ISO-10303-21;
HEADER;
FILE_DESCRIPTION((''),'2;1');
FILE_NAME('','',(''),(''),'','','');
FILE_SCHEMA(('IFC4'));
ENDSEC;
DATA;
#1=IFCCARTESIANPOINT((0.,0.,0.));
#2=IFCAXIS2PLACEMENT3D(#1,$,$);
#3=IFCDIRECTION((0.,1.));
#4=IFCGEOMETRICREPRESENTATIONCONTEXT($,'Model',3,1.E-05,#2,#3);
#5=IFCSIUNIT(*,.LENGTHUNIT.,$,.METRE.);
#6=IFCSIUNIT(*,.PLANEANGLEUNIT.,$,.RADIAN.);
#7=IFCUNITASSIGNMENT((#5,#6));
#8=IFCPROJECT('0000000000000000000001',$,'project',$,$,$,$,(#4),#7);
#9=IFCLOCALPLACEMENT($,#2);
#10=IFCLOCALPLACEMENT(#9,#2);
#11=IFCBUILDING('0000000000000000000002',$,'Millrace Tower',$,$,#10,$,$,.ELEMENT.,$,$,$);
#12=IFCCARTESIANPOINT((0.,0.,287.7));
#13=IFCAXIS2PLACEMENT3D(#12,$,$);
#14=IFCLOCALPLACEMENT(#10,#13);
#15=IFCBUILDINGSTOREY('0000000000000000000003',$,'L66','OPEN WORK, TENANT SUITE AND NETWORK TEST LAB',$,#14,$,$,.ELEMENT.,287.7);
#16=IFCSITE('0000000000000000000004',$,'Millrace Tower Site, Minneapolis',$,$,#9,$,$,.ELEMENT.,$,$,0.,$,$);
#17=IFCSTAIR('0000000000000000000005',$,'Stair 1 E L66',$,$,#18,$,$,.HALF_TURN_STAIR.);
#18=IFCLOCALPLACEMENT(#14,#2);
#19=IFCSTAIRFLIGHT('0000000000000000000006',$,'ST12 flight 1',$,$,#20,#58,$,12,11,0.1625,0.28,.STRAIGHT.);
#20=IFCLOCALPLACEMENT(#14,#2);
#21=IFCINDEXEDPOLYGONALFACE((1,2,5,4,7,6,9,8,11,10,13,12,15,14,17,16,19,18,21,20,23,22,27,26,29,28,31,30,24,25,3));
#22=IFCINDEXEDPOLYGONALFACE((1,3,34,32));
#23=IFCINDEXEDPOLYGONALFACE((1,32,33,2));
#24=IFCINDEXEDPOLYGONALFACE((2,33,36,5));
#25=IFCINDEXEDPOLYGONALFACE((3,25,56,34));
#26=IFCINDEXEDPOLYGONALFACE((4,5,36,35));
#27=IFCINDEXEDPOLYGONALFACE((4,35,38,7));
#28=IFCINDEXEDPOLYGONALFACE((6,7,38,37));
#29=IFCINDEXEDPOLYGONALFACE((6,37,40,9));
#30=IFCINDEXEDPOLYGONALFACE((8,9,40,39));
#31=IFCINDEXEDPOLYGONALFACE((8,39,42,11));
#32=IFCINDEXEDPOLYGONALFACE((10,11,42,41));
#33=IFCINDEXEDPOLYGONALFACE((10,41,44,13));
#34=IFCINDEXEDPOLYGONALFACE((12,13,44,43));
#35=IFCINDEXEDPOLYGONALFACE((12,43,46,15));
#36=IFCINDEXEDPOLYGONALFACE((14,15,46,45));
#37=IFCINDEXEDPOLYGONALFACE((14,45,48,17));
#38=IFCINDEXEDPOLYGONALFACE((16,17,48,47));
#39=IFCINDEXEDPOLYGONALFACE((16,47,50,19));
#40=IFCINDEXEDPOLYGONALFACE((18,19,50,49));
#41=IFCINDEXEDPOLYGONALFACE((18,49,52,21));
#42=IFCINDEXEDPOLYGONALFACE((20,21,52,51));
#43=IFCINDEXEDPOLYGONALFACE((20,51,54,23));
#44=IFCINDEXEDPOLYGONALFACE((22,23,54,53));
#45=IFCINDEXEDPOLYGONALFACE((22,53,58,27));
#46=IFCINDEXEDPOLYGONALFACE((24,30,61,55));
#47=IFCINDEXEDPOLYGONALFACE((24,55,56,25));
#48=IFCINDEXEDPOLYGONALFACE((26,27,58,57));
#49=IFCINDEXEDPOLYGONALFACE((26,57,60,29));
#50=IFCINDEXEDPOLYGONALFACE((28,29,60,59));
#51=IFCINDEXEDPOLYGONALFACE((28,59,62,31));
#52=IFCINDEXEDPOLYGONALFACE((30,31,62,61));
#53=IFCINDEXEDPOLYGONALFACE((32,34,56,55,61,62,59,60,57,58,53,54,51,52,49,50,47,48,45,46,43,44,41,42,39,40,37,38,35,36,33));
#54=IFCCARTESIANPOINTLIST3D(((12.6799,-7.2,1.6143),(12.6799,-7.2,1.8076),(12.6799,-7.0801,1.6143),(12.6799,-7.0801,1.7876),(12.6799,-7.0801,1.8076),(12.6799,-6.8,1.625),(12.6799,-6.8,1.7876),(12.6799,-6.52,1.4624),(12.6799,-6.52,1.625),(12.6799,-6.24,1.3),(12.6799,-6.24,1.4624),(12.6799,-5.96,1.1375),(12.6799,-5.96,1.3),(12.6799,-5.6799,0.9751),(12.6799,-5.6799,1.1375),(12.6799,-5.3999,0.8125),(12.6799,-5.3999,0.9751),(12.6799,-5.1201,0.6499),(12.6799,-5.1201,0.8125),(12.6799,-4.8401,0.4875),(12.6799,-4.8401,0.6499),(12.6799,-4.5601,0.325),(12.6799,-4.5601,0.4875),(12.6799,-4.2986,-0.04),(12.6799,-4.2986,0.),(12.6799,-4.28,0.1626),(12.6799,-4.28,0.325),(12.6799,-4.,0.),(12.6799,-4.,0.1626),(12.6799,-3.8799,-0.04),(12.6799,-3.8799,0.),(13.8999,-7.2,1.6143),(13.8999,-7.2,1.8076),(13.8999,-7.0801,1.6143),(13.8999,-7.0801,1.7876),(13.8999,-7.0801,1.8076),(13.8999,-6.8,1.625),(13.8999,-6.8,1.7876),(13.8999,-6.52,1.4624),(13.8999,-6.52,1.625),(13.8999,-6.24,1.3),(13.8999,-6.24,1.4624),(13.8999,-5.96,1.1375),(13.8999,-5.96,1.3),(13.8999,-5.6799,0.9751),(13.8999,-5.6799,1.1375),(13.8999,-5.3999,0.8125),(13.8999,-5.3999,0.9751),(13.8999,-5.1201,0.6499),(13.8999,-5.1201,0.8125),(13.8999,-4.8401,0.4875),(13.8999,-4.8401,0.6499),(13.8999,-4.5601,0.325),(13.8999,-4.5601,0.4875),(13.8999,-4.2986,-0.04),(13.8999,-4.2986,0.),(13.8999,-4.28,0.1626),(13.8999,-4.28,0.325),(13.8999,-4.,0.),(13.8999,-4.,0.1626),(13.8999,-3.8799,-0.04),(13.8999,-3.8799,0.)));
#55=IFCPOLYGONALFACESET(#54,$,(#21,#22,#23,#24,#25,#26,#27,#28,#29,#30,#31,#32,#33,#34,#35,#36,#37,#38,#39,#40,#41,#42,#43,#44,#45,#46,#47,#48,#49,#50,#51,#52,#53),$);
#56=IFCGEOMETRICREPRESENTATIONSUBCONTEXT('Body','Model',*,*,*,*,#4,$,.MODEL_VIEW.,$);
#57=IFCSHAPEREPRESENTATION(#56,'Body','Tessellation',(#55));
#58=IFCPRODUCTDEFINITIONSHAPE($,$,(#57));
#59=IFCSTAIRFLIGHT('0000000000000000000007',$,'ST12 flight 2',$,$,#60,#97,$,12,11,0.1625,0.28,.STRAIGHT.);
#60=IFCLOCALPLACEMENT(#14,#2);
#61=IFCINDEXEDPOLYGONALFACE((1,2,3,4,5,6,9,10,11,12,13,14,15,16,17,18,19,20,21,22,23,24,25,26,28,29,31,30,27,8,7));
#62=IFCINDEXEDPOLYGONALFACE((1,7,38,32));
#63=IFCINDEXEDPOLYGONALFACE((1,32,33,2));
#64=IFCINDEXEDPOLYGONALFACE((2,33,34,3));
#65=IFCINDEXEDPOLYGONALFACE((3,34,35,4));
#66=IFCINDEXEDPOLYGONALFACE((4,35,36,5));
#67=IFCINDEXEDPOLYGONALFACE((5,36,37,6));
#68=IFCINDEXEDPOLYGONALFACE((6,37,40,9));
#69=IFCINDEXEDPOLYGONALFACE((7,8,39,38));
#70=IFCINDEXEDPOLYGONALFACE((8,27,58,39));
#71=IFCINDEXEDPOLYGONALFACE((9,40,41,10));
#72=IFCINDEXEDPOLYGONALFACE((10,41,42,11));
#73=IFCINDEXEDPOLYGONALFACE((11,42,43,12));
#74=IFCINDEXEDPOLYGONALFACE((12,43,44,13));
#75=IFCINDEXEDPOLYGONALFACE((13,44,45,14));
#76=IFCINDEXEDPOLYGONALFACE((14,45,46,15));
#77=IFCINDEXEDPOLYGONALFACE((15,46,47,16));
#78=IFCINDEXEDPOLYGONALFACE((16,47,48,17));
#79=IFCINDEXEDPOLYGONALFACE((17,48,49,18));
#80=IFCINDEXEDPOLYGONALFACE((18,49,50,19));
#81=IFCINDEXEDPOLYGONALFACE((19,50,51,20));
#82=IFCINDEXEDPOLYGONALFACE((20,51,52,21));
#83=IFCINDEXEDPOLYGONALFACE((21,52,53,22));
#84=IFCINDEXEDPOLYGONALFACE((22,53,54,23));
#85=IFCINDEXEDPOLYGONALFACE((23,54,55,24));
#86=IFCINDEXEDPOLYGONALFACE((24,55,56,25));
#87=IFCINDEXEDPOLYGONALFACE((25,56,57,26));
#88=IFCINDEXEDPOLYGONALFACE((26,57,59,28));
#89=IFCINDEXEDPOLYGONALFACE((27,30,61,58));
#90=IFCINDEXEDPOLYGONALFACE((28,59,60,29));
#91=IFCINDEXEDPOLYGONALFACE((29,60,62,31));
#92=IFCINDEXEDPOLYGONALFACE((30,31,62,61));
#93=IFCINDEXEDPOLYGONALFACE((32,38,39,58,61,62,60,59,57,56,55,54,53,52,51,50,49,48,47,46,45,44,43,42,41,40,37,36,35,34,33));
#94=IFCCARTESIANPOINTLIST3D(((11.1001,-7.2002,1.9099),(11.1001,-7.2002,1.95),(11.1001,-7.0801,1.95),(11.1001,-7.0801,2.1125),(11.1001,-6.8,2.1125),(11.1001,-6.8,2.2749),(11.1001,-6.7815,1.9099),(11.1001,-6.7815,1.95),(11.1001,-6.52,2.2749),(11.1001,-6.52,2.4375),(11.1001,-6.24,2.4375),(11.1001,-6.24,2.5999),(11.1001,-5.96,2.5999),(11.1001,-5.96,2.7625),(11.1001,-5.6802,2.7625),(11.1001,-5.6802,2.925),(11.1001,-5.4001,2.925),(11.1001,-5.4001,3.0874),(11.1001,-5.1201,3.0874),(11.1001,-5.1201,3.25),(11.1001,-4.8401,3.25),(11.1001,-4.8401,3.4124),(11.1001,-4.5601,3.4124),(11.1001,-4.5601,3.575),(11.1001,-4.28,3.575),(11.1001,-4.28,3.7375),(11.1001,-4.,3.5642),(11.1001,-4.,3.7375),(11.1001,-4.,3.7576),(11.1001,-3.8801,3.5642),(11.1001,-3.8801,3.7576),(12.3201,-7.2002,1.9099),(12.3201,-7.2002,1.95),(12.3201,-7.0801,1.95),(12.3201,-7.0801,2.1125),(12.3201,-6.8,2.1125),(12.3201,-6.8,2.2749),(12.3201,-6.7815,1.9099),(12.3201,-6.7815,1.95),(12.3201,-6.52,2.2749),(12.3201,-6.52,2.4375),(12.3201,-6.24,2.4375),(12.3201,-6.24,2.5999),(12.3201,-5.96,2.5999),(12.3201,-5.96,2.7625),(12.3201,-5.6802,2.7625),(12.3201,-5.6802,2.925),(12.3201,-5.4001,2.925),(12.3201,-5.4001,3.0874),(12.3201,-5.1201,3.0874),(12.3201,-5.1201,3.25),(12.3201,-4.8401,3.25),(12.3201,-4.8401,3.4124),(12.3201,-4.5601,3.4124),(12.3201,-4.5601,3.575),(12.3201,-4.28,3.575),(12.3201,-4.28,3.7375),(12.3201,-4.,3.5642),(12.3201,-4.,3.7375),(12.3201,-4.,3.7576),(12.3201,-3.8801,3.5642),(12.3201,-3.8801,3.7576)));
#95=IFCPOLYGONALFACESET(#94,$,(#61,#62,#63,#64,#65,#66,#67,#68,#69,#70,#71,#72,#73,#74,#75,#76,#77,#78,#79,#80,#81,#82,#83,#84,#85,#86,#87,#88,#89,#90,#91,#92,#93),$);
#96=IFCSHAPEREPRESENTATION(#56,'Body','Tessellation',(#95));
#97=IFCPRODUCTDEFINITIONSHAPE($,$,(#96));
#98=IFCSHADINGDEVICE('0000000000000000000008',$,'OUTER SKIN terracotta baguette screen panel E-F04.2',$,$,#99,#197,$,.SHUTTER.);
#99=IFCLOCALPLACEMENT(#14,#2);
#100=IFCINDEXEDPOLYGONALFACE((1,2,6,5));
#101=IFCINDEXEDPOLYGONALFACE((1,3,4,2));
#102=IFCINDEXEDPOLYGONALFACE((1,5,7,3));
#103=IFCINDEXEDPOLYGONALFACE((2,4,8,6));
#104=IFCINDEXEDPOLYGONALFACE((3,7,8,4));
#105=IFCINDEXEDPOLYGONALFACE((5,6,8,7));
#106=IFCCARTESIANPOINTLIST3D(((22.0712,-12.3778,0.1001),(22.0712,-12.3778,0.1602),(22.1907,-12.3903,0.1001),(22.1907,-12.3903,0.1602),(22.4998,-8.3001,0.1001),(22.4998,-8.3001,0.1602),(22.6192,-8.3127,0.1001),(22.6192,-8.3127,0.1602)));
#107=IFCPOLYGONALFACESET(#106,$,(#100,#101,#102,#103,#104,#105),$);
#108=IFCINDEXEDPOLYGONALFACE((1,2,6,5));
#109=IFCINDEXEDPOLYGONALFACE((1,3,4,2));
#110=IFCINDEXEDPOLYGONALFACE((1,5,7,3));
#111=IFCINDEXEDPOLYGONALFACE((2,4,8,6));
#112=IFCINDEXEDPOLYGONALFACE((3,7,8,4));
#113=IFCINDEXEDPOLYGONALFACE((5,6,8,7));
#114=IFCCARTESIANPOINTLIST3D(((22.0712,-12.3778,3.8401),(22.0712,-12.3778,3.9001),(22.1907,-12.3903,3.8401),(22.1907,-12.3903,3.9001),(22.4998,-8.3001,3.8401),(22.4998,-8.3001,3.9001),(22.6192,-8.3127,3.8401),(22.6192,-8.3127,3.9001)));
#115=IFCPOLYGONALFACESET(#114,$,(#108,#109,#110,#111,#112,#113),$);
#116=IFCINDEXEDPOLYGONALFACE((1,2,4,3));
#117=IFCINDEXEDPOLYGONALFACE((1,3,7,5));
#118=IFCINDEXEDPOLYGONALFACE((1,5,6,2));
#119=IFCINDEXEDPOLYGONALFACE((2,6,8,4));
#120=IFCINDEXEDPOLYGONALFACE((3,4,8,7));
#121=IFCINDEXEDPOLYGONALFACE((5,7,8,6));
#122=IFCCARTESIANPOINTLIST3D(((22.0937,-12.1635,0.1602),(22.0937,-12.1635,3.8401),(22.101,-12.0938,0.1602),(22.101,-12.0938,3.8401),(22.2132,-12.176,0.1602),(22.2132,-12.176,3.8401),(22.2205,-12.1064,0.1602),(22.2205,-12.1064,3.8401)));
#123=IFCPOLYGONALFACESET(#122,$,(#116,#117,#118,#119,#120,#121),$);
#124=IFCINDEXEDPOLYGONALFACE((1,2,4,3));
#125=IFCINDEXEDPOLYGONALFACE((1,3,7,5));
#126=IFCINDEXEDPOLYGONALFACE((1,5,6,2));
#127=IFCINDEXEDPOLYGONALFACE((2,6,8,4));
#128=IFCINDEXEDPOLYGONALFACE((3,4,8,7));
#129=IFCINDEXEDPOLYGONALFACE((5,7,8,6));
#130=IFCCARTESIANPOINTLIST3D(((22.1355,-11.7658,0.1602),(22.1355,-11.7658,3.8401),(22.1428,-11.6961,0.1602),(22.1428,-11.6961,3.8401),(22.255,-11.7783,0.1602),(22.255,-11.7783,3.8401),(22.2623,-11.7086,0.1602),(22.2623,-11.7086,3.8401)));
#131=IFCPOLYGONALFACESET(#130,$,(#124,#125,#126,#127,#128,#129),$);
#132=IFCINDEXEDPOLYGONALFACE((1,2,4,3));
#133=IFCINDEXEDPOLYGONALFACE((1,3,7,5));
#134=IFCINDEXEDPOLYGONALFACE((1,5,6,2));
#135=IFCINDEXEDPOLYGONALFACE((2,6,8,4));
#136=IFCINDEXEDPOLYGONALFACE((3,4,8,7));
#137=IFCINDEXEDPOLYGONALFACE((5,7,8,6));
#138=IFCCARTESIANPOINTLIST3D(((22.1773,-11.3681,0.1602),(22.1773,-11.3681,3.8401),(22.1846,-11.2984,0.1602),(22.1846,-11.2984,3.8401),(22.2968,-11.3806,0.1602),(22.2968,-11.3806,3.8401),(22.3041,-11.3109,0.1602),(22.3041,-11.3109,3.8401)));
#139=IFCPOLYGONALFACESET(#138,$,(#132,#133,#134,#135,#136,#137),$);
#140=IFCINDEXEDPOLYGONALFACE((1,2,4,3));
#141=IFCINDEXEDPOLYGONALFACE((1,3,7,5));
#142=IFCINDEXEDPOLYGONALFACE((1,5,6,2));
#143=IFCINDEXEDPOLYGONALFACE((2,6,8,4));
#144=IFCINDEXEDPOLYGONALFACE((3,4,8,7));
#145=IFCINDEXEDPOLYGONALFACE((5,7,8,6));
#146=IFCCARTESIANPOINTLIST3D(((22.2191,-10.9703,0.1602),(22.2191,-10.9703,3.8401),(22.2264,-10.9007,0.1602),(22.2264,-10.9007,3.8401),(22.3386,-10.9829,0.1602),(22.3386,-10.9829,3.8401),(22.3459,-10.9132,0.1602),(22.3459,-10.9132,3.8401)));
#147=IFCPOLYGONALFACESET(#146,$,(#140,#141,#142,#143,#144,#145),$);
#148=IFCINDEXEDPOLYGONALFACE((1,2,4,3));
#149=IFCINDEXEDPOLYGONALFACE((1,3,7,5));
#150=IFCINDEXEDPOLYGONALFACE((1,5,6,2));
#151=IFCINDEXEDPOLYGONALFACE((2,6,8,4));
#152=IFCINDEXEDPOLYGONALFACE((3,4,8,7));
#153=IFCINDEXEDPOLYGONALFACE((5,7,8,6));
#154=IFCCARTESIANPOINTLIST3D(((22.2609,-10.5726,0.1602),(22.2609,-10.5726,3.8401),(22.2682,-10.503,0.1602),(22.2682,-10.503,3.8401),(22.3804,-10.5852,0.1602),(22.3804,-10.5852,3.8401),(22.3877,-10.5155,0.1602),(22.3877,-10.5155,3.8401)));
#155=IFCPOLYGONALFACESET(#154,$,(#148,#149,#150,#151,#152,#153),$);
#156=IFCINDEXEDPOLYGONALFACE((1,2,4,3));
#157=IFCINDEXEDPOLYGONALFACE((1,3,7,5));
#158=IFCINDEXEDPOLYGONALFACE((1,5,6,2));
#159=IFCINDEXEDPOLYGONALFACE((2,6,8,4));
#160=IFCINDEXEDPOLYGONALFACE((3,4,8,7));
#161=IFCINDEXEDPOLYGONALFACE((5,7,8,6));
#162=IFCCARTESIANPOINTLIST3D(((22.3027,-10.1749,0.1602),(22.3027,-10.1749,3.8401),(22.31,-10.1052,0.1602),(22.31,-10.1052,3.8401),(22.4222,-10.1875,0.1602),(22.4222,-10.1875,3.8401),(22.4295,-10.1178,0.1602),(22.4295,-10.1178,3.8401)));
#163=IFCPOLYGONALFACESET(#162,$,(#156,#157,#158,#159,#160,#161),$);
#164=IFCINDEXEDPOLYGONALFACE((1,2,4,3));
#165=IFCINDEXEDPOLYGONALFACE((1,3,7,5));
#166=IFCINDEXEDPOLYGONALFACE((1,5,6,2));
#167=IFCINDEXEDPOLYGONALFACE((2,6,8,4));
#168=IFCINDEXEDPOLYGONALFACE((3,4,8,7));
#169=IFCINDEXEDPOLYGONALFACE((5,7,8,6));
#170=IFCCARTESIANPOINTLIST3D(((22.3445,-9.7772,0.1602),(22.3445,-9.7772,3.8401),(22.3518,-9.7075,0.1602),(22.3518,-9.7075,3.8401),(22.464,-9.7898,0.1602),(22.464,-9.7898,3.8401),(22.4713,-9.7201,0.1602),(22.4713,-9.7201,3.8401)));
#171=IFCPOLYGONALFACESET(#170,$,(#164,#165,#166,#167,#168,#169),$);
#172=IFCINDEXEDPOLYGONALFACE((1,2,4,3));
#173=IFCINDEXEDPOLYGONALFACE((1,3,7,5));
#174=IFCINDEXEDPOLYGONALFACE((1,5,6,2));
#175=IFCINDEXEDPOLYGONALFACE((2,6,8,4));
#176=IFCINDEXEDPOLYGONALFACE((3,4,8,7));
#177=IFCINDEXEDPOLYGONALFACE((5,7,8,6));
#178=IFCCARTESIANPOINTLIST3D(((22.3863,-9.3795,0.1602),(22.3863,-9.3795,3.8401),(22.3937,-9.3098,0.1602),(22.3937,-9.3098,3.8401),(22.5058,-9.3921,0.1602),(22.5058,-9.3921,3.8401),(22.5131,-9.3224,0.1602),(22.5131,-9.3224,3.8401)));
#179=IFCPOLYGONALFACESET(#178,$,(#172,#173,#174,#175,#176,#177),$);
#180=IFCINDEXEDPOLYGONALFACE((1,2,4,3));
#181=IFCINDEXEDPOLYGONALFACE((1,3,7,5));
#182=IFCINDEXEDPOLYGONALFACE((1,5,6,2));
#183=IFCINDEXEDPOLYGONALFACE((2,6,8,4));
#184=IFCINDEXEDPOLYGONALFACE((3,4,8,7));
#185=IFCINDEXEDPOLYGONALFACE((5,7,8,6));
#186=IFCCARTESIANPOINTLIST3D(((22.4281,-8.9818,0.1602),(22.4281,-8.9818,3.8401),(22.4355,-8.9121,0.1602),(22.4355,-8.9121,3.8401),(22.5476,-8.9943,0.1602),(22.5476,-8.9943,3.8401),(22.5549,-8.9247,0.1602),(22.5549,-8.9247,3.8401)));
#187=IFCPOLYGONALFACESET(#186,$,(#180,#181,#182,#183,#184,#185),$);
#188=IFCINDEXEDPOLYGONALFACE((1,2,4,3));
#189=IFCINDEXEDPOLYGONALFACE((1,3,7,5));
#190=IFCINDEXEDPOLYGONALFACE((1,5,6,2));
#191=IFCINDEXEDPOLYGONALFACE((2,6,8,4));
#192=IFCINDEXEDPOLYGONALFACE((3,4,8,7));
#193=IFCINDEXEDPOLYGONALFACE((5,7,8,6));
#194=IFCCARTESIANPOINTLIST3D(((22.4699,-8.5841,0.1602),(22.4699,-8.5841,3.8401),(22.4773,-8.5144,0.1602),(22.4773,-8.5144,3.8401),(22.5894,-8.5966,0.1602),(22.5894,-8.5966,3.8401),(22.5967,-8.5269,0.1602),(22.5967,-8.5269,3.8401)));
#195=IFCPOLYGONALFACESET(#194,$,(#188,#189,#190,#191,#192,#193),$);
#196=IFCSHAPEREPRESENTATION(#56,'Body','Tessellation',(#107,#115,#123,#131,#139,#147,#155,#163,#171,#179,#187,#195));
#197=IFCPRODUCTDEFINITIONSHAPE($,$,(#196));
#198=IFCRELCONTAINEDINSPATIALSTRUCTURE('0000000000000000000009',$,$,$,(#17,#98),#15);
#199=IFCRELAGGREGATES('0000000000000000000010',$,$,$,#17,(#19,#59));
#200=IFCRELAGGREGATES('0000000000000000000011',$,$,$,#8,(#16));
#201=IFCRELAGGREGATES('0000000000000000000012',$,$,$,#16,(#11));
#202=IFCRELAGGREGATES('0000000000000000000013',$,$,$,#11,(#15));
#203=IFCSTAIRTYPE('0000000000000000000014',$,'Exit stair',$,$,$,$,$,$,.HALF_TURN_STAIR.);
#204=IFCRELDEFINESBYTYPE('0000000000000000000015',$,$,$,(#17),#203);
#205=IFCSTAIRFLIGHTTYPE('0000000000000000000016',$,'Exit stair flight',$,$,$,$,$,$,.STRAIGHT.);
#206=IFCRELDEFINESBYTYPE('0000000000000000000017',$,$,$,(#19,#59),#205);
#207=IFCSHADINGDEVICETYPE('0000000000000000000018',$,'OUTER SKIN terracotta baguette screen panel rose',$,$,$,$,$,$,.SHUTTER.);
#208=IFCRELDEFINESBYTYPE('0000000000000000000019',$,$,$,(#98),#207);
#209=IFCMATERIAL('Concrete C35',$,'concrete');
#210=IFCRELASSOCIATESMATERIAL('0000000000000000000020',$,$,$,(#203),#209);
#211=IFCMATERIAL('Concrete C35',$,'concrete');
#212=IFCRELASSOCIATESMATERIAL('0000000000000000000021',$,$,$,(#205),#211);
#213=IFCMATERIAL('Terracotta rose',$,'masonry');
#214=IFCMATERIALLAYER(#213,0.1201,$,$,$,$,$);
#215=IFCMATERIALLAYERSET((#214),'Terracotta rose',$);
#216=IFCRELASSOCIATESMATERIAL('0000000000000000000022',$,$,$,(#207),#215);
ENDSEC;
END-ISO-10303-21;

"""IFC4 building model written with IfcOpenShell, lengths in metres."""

from ifc_helpers import new_model, entity, si_unit, direction, frame, frame_2d, origin, place, context, subcontext, project, spatial, polyline, rectangle, outline, extrude, source, transform, mapped, material, layer, layer_set, type_object, element, aggregate, save


model = new_model("IFC4")

# Units and contexts
model_context = context("Model", 3, precision=1e-05, world=origin(), true_north=direction((0.0, 1.0)))
body_context = subcontext(model_context, "Body", "Model", "MODEL_VIEW")
ifc_project = project(units=[si_unit("LENGTHUNIT", "METRE"), si_unit("PLANEANGLEUNIT", "RADIAN")], contexts=[model_context])

# Site, building, storey
site_placement = place(None, origin())
site = spatial("IfcSite", under=ifc_project, at=site_placement, Name="Millrace Tower Site, Minneapolis", CompositionType="ELEMENT", RefElevation=0.0)
building_placement = place(site_placement, origin())
building = spatial("IfcBuilding", under=site, at=building_placement, Name="Millrace Tower", CompositionType="ELEMENT")
storey_placement = place(building_placement, frame((0.0, 0.0, 287.7)))
storey = spatial("IfcBuildingStorey", under=building, at=storey_placement, Name="L66", Description="OPEN WORK, TENANT SUITE AND NETWORK TEST LAB", CompositionType="ELEMENT", Elevation=287.7)

# Shared definitions
placement = place(storey_placement, origin())

# Stair, stair flights
ifc_material_1 = material(Name="Concrete C35", Category="concrete")
stair_type = type_object("IfcStairType", Name="Exit stair", PredefinedType="HALF_TURN_STAIR", material=ifc_material_1)
stair = element("IfcStair", 1, at=placement, inside=storey, type_object=stair_type, Name="Stair 1 E L66", PredefinedType="HALF_TURN_STAIR")
ifc_material_2 = material(Name="Concrete C35", Category="concrete")
stair_flight_type = type_object("IfcStairFlightType", Name="Exit stair flight", PredefinedType="STRAIGHT", material=ifc_material_2)
stair_flight_1_placement = place(storey_placement, frame((13.29, -4.0, 0.0), z_axis=(0.0, 0.0, 1.0), x_axis=(0.0, -1.0, 0.0)))
stair_flight_1 = element("IfcStairFlight", 2, at=stair_flight_1_placement, type_object=stair_flight_type, Name="ST12 flight 1", NumberOfRisers=12, NumberOfTreads=11, PredefinedType="STRAIGHT", RiserHeight=0.1625, TreadLength=0.28, context=body_context, shape_type="SweptSolid", body=[
    extrude(outline(polyline([(-0.1201, -0.04), (-0.1201, 0.0), (0.0, 0.0), (0.0, 0.1626), (0.28, 0.1626), (0.28, 0.325), (0.5601, 0.325), (0.5601, 0.4875), (0.8401, 0.4875), (0.8401, 0.6499), (1.1201, 0.6499), (1.1201, 0.8125), (1.3999, 0.8125), (1.3999, 0.9751), (1.6799, 0.9751), (1.6799, 1.1375), (1.96, 1.1375), (1.96, 1.3), (2.24, 1.3), (2.24, 1.4624), (2.52, 1.4624), (2.52, 1.625), (2.8, 1.625), (2.8, 1.7876), (3.0801, 1.7876), (3.0801, 1.8076), (3.2, 1.8076), (3.2, 1.6143), (3.0801, 1.6143), (0.2986, 0.0), (0.2986, -0.04), (-0.1201, -0.04)])), frame((0.0, 0.6099, 0.0), z_axis=(0.0, -1.0, 0.0), x_axis=(1.0, 0.0, 0.0)), (0.0, 0.0, 1.0), 1.22),
])
stair_flight_2_placement = place(storey_placement, frame((11.71, -7.0801, 1.95), z_axis=(0.0, 0.0, 1.0), x_axis=(0.0, 1.0, 0.0)))
stair_flight_2 = element("IfcStairFlight", 3, at=stair_flight_2_placement, type_object=stair_flight_type, Name="ST12 flight 2", NumberOfRisers=12, NumberOfTreads=11, PredefinedType="STRAIGHT", RiserHeight=0.1625, TreadLength=0.28, context=body_context, shape_type="SweptSolid", body=[
    extrude(outline(polyline([(-0.1201, -0.04), (-0.1201, 0.0), (0.0, 0.0), (0.0, 0.1626), (0.28, 0.1626), (0.28, 0.325), (0.5601, 0.325), (0.5601, 0.4875), (0.8401, 0.4875), (0.8401, 0.6499), (1.1201, 0.6499), (1.1201, 0.8125), (1.3999, 0.8125), (1.3999, 0.9751), (1.6799, 0.9751), (1.6799, 1.1375), (1.96, 1.1375), (1.96, 1.3), (2.24, 1.3), (2.24, 1.4624), (2.52, 1.4624), (2.52, 1.625), (2.8, 1.625), (2.8, 1.7876), (3.0801, 1.7876), (3.0801, 1.8076), (3.2, 1.8076), (3.2, 1.6143), (3.0801, 1.6143), (0.2986, 0.0), (0.2986, -0.04), (-0.1201, -0.04)])), frame((0.0, 0.6099, 0.0), z_axis=(0.0, -1.0, 0.0), x_axis=(1.0, 0.0, 0.0)), (0.0, 0.0, 1.0), 1.22),
])
aggregate(stair, [stair_flight_1, stair_flight_2])

# Shading device
ifc_material_3 = material(Name="Terracotta rose", Category="masonry")
ifc_layer_1 = layer(ifc_material_3, 0.1201)
ifc_layer_set_1 = layer_set([ifc_layer_1], Name="Terracotta rose")
shading_device_type = type_object("IfcShadingDeviceType", Name="OUTER SKIN terracotta baguette screen panel rose", PredefinedType="SHUTTER", material=ifc_layer_set_1)
cartesian_point = entity("IfcCartesianPoint", [-2.05, 0.0601])
shared_polyline = entity("IfcPolyline", [cartesian_point, entity("IfcCartesianPoint", [2.05, 0.0601]), entity("IfcCartesianPoint", [2.05, -0.0601]), entity("IfcCartesianPoint", [-2.05, -0.0601]), cartesian_point])
shared_shape = source(origin(), body_context, "Body", "SweptSolid", [
    entity("IfcExtrudedAreaSolid", entity("IfcArbitraryClosedProfileDef", "AREA", None, shared_polyline), entity("IfcAxis2Placement3D", entity("IfcCartesianPoint", [0.0, 0.0, 0.0])), entity("IfcDirection", [0.0, 0.0, 1.0]), 0.0601),
    entity("IfcExtrudedAreaSolid", entity("IfcArbitraryClosedProfileDef", "AREA", None, shared_polyline), entity("IfcAxis2Placement3D", entity("IfcCartesianPoint", [0.0, 0.0, 3.74])), entity("IfcDirection", [0.0, 0.0, 1.0]), 0.0601),
    extrude(rectangle(XDim=0.0701, YDim=0.1201, at=frame_2d((-1.7996, 0.0))), frame((0.0, 0.0, 0.0601)), (0.0, 0.0, 1.0), 3.6799),
    extrude(rectangle(XDim=0.0701, YDim=0.1201, at=frame_2d((-1.3997, 0.0))), frame((0.0, 0.0, 0.0601)), (0.0, 0.0, 1.0), 3.6799),
    extrude(rectangle(XDim=0.0701, YDim=0.1201, at=frame_2d((-0.9998, 0.0))), frame((0.0, 0.0, 0.0601)), (0.0, 0.0, 1.0), 3.6799),
    extrude(rectangle(XDim=0.0701, YDim=0.1201, at=frame_2d((-0.5999, 0.0))), frame((0.0, 0.0, 0.0601)), (0.0, 0.0, 1.0), 3.6799),
    extrude(rectangle(XDim=0.0701, YDim=0.1201, at=frame_2d((-0.2, 0.0))), frame((0.0, 0.0, 0.0601)), (0.0, 0.0, 1.0), 3.6799),
    extrude(rectangle(XDim=0.0701, YDim=0.1201, at=frame_2d((0.2, 0.0))), frame((0.0, 0.0, 0.0601)), (0.0, 0.0, 1.0), 3.6799),
    extrude(rectangle(XDim=0.0701, YDim=0.1201, at=frame_2d((0.5999, 0.0))), frame((0.0, 0.0, 0.0601)), (0.0, 0.0, 1.0), 3.6799),
    extrude(rectangle(XDim=0.0701, YDim=0.1201, at=frame_2d((0.9998, 0.0))), frame((0.0, 0.0, 0.0601)), (0.0, 0.0, 1.0), 3.6799),
    extrude(rectangle(XDim=0.0701, YDim=0.1201, at=frame_2d((1.3997, 0.0))), frame((0.0, 0.0, 0.0601)), (0.0, 0.0, 1.0), 3.6799),
    extrude(rectangle(XDim=0.0701, YDim=0.1201, at=frame_2d((1.7996, 0.0))), frame((0.0, 0.0, 0.0601)), (0.0, 0.0, 1.0), 3.6799),
])
for number, where, z_axis, x_axis, name in (
    (4, (22.3452, -10.3452, 0.1001), (0.0, 0.0, 1.0), (0.104528, 0.994522, 0.0), "OUTER SKIN terracotta baguette screen panel E-F04.2"),
):
    element("IfcShadingDevice", number, at=place(storey_placement, frame(where, z_axis=z_axis, x_axis=x_axis)), inside=storey, type_object=shading_device_type, Name=name, PredefinedType="SHUTTER", context=body_context, shape_type="MappedRepresentation", body=[
        mapped(shared_shape, transform((0.0, 0.0, 0.0), scale=1.0)),
    ])

save(model, "model.ifc")
